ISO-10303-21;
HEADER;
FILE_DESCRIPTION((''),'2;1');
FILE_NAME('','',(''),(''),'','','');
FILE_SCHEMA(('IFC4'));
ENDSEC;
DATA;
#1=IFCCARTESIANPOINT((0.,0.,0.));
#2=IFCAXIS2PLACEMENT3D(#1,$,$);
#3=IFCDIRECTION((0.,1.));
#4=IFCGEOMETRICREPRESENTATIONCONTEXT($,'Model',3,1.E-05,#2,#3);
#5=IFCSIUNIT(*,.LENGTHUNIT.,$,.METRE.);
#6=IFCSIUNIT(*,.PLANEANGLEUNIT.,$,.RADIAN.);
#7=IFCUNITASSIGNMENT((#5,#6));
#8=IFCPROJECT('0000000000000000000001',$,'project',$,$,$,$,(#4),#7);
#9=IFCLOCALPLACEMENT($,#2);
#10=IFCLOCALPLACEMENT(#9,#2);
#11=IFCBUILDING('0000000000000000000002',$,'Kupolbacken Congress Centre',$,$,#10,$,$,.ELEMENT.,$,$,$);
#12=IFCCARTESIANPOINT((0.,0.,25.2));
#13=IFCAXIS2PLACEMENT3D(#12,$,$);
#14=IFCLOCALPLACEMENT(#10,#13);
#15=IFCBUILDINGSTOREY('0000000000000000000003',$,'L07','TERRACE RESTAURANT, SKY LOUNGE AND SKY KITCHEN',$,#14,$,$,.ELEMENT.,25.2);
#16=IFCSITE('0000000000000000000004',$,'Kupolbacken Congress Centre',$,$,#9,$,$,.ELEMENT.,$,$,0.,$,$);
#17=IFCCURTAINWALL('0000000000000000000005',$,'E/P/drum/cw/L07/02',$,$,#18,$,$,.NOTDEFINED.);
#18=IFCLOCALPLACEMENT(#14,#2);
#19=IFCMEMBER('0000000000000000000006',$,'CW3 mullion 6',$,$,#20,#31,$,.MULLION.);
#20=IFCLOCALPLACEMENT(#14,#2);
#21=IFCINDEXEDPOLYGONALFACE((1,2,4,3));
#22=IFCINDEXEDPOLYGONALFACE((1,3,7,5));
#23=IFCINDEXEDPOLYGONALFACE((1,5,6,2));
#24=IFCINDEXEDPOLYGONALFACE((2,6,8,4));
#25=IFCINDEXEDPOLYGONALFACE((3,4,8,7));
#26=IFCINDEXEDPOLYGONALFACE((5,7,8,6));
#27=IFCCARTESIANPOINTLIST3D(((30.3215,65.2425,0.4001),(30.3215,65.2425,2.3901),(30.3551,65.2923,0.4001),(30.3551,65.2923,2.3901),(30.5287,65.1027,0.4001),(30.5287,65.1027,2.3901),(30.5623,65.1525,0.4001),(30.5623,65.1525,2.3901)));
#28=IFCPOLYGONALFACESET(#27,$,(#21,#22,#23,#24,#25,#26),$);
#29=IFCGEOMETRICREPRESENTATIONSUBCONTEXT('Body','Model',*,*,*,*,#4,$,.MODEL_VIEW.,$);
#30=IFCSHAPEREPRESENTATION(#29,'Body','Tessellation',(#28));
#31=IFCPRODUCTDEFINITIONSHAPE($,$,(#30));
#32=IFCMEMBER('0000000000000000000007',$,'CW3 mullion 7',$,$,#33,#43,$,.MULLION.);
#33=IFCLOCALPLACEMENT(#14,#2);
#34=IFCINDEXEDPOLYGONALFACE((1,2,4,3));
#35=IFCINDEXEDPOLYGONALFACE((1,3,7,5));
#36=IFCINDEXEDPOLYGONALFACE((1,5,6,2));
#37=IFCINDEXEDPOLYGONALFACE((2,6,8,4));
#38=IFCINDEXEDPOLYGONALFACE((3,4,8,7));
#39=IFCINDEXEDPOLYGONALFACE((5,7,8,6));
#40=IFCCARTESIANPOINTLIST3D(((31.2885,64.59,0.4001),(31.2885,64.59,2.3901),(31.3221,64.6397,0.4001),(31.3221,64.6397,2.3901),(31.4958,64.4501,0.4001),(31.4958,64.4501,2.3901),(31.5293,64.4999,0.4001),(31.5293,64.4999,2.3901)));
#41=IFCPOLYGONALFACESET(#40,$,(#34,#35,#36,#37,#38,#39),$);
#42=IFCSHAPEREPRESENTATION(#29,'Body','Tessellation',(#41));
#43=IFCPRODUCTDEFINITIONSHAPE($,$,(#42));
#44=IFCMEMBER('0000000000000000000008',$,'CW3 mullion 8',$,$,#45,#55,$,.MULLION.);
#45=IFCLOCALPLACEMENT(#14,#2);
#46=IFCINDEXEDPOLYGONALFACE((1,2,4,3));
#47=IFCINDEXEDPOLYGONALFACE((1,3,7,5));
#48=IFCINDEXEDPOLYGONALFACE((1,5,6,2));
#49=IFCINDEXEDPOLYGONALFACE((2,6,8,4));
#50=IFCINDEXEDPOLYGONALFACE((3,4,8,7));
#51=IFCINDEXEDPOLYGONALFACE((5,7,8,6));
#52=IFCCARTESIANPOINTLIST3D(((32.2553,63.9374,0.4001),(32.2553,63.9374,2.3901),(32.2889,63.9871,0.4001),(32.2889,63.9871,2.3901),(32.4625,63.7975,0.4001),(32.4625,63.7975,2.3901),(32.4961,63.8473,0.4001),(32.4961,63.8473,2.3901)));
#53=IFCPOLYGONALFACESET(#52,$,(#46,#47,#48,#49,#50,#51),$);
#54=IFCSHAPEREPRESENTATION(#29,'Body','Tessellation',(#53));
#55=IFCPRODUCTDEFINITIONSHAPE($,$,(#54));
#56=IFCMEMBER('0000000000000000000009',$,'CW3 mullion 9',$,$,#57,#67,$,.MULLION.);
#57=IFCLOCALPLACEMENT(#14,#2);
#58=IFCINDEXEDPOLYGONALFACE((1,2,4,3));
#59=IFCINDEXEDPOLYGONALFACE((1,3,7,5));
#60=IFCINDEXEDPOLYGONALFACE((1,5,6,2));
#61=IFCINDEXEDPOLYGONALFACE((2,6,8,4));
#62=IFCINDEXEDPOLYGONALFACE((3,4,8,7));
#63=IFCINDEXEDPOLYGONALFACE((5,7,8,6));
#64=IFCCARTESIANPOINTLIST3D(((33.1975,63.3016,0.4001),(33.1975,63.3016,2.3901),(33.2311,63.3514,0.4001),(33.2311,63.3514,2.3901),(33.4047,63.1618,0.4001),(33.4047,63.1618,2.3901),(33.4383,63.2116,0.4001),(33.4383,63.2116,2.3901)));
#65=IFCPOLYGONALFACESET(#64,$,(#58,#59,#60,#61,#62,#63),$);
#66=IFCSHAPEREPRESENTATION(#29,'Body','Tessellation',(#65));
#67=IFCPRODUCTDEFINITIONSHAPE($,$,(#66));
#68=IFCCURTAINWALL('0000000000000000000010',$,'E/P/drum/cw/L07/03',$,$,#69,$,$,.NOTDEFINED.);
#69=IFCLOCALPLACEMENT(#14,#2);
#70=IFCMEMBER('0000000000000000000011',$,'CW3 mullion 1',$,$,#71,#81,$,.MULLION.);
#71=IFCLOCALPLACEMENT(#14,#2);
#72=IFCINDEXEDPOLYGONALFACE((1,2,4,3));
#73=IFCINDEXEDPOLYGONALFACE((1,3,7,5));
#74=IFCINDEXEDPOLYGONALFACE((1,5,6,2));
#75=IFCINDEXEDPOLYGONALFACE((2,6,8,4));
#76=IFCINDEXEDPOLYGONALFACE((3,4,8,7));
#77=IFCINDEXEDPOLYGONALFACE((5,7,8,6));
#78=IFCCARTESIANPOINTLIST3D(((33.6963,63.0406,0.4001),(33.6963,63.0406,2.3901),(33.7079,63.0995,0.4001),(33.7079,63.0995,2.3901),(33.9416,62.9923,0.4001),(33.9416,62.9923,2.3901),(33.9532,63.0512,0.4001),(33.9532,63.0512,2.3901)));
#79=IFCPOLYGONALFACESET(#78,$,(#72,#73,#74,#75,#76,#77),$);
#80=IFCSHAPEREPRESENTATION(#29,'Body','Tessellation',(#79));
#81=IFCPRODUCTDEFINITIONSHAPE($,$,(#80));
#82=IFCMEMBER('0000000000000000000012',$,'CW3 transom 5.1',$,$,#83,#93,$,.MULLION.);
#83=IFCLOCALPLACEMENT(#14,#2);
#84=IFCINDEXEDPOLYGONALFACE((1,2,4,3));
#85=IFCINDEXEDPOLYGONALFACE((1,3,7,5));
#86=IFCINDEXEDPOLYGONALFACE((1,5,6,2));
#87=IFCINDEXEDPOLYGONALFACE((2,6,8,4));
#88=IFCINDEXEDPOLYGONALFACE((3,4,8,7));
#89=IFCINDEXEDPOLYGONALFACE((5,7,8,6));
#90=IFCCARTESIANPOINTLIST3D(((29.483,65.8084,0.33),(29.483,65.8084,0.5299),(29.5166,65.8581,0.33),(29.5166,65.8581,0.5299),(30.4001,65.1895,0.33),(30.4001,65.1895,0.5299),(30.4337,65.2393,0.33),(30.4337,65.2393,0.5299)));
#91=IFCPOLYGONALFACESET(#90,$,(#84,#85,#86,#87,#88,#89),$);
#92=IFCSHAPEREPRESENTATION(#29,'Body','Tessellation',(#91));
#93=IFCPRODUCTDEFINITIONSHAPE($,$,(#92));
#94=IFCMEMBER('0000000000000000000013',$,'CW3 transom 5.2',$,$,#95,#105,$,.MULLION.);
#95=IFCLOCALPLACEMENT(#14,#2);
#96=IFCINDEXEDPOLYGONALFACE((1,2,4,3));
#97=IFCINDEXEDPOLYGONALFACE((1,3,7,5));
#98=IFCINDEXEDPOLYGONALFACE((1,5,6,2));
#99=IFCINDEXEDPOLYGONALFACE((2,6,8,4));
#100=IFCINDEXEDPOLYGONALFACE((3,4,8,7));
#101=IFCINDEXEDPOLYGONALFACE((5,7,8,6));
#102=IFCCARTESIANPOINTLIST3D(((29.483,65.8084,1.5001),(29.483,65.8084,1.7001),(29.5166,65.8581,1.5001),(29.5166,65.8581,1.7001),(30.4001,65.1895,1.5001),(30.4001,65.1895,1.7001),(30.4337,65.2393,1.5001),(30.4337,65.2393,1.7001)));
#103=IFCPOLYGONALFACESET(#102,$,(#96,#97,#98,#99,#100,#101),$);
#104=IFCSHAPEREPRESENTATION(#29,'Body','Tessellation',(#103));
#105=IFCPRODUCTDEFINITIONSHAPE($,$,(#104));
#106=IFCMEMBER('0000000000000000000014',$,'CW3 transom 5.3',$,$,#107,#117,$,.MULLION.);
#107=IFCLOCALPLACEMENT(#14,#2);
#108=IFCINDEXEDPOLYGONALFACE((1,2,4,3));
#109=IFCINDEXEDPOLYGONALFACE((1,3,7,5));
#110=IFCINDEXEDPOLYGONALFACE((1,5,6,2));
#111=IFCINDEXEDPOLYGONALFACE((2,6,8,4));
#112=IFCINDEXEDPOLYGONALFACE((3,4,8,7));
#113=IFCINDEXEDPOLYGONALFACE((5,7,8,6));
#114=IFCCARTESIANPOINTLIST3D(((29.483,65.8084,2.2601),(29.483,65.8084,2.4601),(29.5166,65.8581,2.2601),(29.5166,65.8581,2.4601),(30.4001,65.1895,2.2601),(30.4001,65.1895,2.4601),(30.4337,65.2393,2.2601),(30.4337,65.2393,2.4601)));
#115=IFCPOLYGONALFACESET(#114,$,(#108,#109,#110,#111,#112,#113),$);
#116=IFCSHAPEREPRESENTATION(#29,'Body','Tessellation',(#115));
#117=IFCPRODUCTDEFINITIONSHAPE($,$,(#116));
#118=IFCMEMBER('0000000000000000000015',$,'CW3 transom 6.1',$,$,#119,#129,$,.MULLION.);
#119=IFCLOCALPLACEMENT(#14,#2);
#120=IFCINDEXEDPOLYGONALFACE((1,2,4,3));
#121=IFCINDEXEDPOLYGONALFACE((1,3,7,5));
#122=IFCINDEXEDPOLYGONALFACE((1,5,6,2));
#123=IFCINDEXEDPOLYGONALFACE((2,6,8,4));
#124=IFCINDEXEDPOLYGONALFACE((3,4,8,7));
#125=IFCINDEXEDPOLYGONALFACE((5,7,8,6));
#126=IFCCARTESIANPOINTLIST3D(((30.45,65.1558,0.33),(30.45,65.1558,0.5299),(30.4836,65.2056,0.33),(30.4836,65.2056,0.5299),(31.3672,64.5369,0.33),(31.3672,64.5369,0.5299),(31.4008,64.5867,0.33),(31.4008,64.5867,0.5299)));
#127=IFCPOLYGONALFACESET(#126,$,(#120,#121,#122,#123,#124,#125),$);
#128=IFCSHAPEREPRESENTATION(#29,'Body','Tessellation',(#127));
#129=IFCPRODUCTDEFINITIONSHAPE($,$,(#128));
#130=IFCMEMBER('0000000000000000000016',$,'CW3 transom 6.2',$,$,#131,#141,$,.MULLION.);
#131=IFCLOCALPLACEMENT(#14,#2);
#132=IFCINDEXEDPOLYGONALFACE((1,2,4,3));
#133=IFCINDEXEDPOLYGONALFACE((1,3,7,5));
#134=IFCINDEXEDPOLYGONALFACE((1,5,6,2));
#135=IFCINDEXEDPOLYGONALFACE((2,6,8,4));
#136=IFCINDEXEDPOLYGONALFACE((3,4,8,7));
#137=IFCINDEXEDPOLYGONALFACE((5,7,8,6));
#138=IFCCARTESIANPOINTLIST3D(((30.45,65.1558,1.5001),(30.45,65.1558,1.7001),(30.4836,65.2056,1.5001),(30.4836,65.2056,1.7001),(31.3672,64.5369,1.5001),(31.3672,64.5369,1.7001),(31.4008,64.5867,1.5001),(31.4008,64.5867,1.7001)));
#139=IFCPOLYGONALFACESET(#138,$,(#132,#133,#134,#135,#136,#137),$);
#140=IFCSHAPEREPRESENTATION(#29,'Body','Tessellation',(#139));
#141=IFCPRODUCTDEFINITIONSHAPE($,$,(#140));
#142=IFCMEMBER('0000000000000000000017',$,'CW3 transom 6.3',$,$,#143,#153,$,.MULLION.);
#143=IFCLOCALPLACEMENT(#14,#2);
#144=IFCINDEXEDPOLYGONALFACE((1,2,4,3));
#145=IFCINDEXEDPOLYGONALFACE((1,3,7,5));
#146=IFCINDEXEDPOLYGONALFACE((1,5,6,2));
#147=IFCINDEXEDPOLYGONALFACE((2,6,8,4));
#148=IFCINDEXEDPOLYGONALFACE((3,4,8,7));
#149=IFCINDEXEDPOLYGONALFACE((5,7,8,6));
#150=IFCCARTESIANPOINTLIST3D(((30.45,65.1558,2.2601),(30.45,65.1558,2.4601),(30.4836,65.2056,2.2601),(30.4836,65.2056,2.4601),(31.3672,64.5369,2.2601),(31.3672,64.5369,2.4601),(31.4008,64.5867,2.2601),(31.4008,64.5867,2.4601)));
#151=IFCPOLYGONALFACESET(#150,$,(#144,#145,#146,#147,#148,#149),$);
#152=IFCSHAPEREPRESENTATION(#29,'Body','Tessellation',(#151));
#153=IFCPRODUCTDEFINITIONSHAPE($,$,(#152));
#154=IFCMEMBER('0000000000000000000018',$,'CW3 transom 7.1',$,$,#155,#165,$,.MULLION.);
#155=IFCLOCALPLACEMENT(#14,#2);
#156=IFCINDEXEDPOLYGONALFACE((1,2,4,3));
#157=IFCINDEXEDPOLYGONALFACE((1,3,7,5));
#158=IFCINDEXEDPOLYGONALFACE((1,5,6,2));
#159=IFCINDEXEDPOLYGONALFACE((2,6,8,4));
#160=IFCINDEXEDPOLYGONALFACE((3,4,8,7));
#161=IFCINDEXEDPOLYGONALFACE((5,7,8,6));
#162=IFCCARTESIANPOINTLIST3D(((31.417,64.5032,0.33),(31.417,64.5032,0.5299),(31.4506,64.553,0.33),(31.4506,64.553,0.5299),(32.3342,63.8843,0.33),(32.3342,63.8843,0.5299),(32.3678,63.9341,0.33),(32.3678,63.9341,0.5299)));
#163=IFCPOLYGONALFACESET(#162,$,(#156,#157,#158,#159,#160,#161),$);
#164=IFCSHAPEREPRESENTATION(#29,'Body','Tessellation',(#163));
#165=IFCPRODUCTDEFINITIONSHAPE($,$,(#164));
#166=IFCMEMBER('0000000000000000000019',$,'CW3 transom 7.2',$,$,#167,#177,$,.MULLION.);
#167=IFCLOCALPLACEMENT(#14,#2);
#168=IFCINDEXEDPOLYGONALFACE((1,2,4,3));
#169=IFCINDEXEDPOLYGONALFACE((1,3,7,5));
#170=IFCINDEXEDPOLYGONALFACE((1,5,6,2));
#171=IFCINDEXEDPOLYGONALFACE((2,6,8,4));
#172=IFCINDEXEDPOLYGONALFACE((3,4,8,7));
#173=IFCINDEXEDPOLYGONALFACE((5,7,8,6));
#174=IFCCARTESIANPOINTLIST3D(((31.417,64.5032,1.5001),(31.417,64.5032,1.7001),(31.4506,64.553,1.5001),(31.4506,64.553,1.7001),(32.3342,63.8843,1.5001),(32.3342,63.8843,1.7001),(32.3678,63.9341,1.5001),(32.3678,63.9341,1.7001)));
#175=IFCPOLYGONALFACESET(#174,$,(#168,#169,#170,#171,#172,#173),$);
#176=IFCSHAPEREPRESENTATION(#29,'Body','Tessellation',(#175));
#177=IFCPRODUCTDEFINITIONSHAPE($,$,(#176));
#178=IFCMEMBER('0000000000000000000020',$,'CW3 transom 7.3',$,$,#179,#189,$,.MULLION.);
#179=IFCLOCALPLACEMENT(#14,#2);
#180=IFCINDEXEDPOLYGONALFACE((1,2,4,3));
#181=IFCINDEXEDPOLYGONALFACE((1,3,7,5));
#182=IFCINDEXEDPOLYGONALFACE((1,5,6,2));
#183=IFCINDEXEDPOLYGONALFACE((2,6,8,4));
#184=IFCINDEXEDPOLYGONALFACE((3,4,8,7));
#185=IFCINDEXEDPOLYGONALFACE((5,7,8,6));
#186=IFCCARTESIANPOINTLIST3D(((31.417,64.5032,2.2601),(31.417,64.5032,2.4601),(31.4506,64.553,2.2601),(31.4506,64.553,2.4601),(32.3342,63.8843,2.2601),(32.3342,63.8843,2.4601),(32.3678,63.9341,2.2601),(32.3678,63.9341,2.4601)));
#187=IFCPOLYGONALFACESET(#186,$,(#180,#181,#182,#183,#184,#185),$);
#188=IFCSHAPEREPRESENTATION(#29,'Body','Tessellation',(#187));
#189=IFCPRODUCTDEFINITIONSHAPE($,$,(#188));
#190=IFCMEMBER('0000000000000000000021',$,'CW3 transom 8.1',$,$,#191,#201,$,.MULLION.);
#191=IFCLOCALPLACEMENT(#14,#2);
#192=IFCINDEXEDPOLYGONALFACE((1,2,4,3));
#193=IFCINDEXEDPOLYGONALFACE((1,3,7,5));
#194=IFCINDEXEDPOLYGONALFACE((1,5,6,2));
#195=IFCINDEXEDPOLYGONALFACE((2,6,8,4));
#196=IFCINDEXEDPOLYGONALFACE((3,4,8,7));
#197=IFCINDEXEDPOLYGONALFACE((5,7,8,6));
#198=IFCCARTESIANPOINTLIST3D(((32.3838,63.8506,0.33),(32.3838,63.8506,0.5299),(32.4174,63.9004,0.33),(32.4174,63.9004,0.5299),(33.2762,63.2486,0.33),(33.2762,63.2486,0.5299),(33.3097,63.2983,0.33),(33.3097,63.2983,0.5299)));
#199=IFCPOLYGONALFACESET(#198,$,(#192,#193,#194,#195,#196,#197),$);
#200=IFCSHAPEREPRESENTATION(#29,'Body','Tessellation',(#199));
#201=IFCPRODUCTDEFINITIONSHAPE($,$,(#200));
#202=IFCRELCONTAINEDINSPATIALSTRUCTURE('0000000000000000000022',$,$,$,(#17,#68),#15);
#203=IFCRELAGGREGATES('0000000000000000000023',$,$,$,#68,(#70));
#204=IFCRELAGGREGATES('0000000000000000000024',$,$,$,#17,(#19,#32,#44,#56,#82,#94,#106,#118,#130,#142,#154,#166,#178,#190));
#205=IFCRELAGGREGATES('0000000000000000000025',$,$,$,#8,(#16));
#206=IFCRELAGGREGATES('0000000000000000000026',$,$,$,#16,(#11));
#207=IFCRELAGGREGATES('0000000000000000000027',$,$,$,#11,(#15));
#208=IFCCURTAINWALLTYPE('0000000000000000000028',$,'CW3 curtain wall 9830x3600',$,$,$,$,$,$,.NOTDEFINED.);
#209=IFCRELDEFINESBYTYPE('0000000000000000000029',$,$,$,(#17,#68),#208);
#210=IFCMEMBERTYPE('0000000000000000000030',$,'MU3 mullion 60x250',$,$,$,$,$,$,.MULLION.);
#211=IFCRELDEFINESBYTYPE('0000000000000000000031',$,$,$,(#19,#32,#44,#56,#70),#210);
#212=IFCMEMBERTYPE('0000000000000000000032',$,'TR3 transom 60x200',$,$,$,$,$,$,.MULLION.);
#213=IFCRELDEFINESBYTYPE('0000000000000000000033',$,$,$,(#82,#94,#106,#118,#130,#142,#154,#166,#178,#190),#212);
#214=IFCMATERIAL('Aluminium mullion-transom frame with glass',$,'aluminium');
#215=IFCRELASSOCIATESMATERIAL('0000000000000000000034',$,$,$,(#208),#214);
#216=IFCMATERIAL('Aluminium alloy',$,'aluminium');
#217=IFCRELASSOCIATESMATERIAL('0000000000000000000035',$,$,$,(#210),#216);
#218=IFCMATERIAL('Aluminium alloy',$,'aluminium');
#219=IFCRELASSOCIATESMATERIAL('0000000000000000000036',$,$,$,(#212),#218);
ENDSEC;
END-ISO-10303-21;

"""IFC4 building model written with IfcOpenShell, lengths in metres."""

from ifc_helpers import new_model, si_unit, direction, frame, origin, origin_2d, place, context, subcontext, project, spatial, rectangle, extrude, material, material_profile, profile_set, type_object, element, aggregate, save


model = new_model("IFC4")

# Units and contexts
model_context = context("Model", 3, precision=1e-05, world=origin(), true_north=direction((0.0, 1.0)))
body_context = subcontext(model_context, "Body", "Model", "MODEL_VIEW")
ifc_project = project(units=[si_unit("LENGTHUNIT", "METRE"), si_unit("PLANEANGLEUNIT", "RADIAN")], contexts=[model_context])

# Site, building, storey
site_placement = place(None, origin())
site = spatial("IfcSite", under=ifc_project, at=site_placement, Name="Kupolbacken Congress Centre", CompositionType="ELEMENT", RefElevation=0.0)
building_placement = place(site_placement, origin())
building = spatial("IfcBuilding", under=site, at=building_placement, Name="Kupolbacken Congress Centre", CompositionType="ELEMENT")
storey_placement = place(building_placement, frame((0.0, 0.0, 25.2)))
storey = spatial("IfcBuildingStorey", under=building, at=storey_placement, Name="L07", Description="TERRACE RESTAURANT, SKY LOUNGE AND SKY KITCHEN", CompositionType="ELEMENT", Elevation=25.2)

# Curtain wall, members
ifc_material_1 = material(Name="Aluminium mullion-transom frame with glass", Category="aluminium")
curtain_wall_type = type_object("IfcCurtainWallType", Name="CW3 curtain wall 9830x3600", PredefinedType="NOTDEFINED", material=ifc_material_1)
curtain_wall_1_placement = place(storey_placement, origin())
curtain_wall_1 = element("IfcCurtainWall", 1, at=curtain_wall_1_placement, inside=storey, type_object=curtain_wall_type, Name="E/P/drum/cw/L07/02", PredefinedType="NOTDEFINED")
ifc_material_2 = material(Name="Aluminium alloy", Category="aluminium")
ifc_material_profile_1 = material_profile(ifc_material_2, rectangle(XDim=0.0601, YDim=0.25, at=origin_2d()), Name="60 x 250")
ifc_profile_set_1 = profile_set([ifc_material_profile_1], Name="Aluminium alloy")
member_type_1 = type_object("IfcMemberType", Name="MU3 mullion 60x250", PredefinedType="MULLION", material=ifc_profile_set_1)
member_1_placement = place(storey_placement, frame((30.4419, 65.1975, 0.4001), z_axis=(0.0, 0.0, 1.0), x_axis=(0.559386, 0.828908, 0.0)))
member_1 = element("IfcMember", 2, at=member_1_placement, type_object=member_type_1, Name="CW3 mullion 6", PredefinedType="MULLION", context=body_context, shape_type="SweptSolid", body=[
    extrude(rectangle(XDim=0.0601, YDim=0.25, at=origin_2d()), origin(), (0.0, 0.0, 1.0), 1.99),
])
member_2_placement = place(storey_placement, frame((31.4089, 64.5449, 0.4001), z_axis=(0.0, 0.0, 1.0), x_axis=(0.559386, 0.828908, 0.0)))
member_2 = element("IfcMember", 3, at=member_2_placement, type_object=member_type_1, Name="CW3 mullion 7", PredefinedType="MULLION", context=body_context, shape_type="SweptSolid", body=[
    extrude(rectangle(XDim=0.0601, YDim=0.25, at=origin_2d()), origin(), (0.0, 0.0, 1.0), 1.99),
])
member_3_placement = place(storey_placement, frame((32.3757, 63.8923, 0.4001), z_axis=(0.0, 0.0, 1.0), x_axis=(0.559386, 0.828908, 0.0)))
member_3 = element("IfcMember", 4, at=member_3_placement, type_object=member_type_1, Name="CW3 mullion 8", PredefinedType="MULLION", context=body_context, shape_type="SweptSolid", body=[
    extrude(rectangle(XDim=0.0601, YDim=0.25, at=origin_2d()), origin(), (0.0, 0.0, 1.0), 1.99),
])
member_4_placement = place(storey_placement, frame((33.3179, 63.2566, 0.4001), z_axis=(0.0, 0.0, 1.0), x_axis=(0.559386, 0.828908, 0.0)))
member_4 = element("IfcMember", 5, at=member_4_placement, type_object=member_type_1, Name="CW3 mullion 9", PredefinedType="MULLION", context=body_context, shape_type="SweptSolid", body=[
    extrude(rectangle(XDim=0.0601, YDim=0.25, at=origin_2d()), origin(), (0.0, 0.0, 1.0), 1.99),
])

# Curtain wall, member
curtain_wall_2_placement = place(storey_placement, origin())
curtain_wall_2 = element("IfcCurtainWall", 6, at=curtain_wall_2_placement, inside=storey, type_object=curtain_wall_type, Name="E/P/drum/cw/L07/03", PredefinedType="NOTDEFINED")
member_5_placement = place(storey_placement, frame((33.8247, 63.0459, 0.4001), z_axis=(0.0, 0.0, 1.0), x_axis=(0.193182, 0.981163, 0.0)))
member_5 = element("IfcMember", 7, at=member_5_placement, type_object=member_type_1, Name="CW3 mullion 1", PredefinedType="MULLION", context=body_context, shape_type="SweptSolid", body=[
    extrude(rectangle(XDim=0.0601, YDim=0.25, at=origin_2d()), origin(), (0.0, 0.0, 1.0), 1.99),
])

# Members
ifc_material_3 = material(Name="Aluminium alloy", Category="aluminium")
ifc_material_profile_2 = material_profile(ifc_material_3, rectangle(XDim=0.0601, YDim=0.2, at=origin_2d()), Name="60 x 200")
ifc_profile_set_2 = profile_set([ifc_material_profile_2], Name="Aluminium alloy")
member_type_2 = type_object("IfcMemberType", Name="TR3 transom 60x200", PredefinedType="MULLION", material=ifc_profile_set_2)
member_6_placement = place(storey_placement, frame((29.4998, 65.8333, 0.4299), z_axis=(0.828948, -0.559325, 0.0), x_axis=(0.559325, 0.828948, 0.0)))
member_6 = element("IfcMember", 8, at=member_6_placement, type_object=member_type_2, Name="CW3 transom 5.1", PredefinedType="MULLION", context=body_context, shape_type="SweptSolid", body=[
    extrude(rectangle(XDim=0.0601, YDim=0.2, at=origin_2d()), origin(), (0.0, 0.0, 1.0), 1.1064),
])
member_7_placement = place(storey_placement, frame((29.4998, 65.8333, 1.6001), z_axis=(0.828948, -0.559325, 0.0), x_axis=(0.559325, 0.828948, 0.0)))
member_7 = element("IfcMember", 9, at=member_7_placement, type_object=member_type_2, Name="CW3 transom 5.2", PredefinedType="MULLION", context=body_context, shape_type="SweptSolid", body=[
    extrude(rectangle(XDim=0.0601, YDim=0.2, at=origin_2d()), origin(), (0.0, 0.0, 1.0), 1.1064),
])
member_8_placement = place(storey_placement, frame((29.4998, 65.8333, 2.3601), z_axis=(0.828948, -0.559325, 0.0), x_axis=(0.559325, 0.828948, 0.0)))
member_8 = element("IfcMember", 10, at=member_8_placement, type_object=member_type_2, Name="CW3 transom 5.3", PredefinedType="MULLION", context=body_context, shape_type="SweptSolid", body=[
    extrude(rectangle(XDim=0.0601, YDim=0.2, at=origin_2d()), origin(), (0.0, 0.0, 1.0), 1.1064),
])
member_9_placement = place(storey_placement, frame((30.4668, 65.1807, 0.4299), z_axis=(0.828948, -0.559325, 0.0), x_axis=(0.559325, 0.828948, 0.0)))
member_9 = element("IfcMember", 11, at=member_9_placement, type_object=member_type_2, Name="CW3 transom 6.1", PredefinedType="MULLION", context=body_context, shape_type="SweptSolid", body=[
    extrude(rectangle(XDim=0.0601, YDim=0.2, at=origin_2d()), origin(), (0.0, 0.0, 1.0), 1.1064),
])
member_10_placement = place(storey_placement, frame((30.4668, 65.1807, 1.6001), z_axis=(0.828948, -0.559325, 0.0), x_axis=(0.559325, 0.828948, 0.0)))
member_10 = element("IfcMember", 12, at=member_10_placement, type_object=member_type_2, Name="CW3 transom 6.2", PredefinedType="MULLION", context=body_context, shape_type="SweptSolid", body=[
    extrude(rectangle(XDim=0.0601, YDim=0.2, at=origin_2d()), origin(), (0.0, 0.0, 1.0), 1.1064),
])
member_11_placement = place(storey_placement, frame((30.4668, 65.1807, 2.3601), z_axis=(0.828948, -0.559325, 0.0), x_axis=(0.559325, 0.828948, 0.0)))
member_11 = element("IfcMember", 13, at=member_11_placement, type_object=member_type_2, Name="CW3 transom 6.3", PredefinedType="MULLION", context=body_context, shape_type="SweptSolid", body=[
    extrude(rectangle(XDim=0.0601, YDim=0.2, at=origin_2d()), origin(), (0.0, 0.0, 1.0), 1.1064),
])
member_12_placement = place(storey_placement, frame((31.4338, 64.5281, 0.4299), z_axis=(0.828948, -0.559325, 0.0), x_axis=(0.559325, 0.828948, 0.0)))
member_12 = element("IfcMember", 14, at=member_12_placement, type_object=member_type_2, Name="CW3 transom 7.1", PredefinedType="MULLION", context=body_context, shape_type="SweptSolid", body=[
    extrude(rectangle(XDim=0.0601, YDim=0.2, at=origin_2d()), origin(), (0.0, 0.0, 1.0), 1.1064),
])
member_13_placement = place(storey_placement, frame((31.4338, 64.5281, 1.6001), z_axis=(0.828948, -0.559325, 0.0), x_axis=(0.559325, 0.828948, 0.0)))
member_13 = element("IfcMember", 15, at=member_13_placement, type_object=member_type_2, Name="CW3 transom 7.2", PredefinedType="MULLION", context=body_context, shape_type="SweptSolid", body=[
    extrude(rectangle(XDim=0.0601, YDim=0.2, at=origin_2d()), origin(), (0.0, 0.0, 1.0), 1.1064),
])
member_14_placement = place(storey_placement, frame((31.4338, 64.5281, 2.3601), z_axis=(0.828948, -0.559325, 0.0), x_axis=(0.559325, 0.828948, 0.0)))
member_14 = element("IfcMember", 16, at=member_14_placement, type_object=member_type_2, Name="CW3 transom 7.3", PredefinedType="MULLION", context=body_context, shape_type="SweptSolid", body=[
    extrude(rectangle(XDim=0.0601, YDim=0.2, at=origin_2d()), origin(), (0.0, 0.0, 1.0), 1.1064),
])
member_15_placement = place(storey_placement, frame((32.4006, 63.8755, 0.4299), z_axis=(0.828967, -0.559298, 0.0), x_axis=(0.559298, 0.828967, 0.0)))
member_15 = element("IfcMember", 17, at=member_15_placement, type_object=member_type_2, Name="CW3 transom 8.1", PredefinedType="MULLION", context=body_context, shape_type="SweptSolid", body=[
    extrude(rectangle(XDim=0.0601, YDim=0.2, at=origin_2d()), origin(), (0.0, 0.0, 1.0), 1.0764),
])
aggregate(curtain_wall_2, [member_5])

aggregate(curtain_wall_1, [member_1, member_2, member_3, member_4, member_6, member_7, member_8, member_9, member_10, member_11, member_12, member_13, member_14, member_15])

save(model, "model.ifc")
